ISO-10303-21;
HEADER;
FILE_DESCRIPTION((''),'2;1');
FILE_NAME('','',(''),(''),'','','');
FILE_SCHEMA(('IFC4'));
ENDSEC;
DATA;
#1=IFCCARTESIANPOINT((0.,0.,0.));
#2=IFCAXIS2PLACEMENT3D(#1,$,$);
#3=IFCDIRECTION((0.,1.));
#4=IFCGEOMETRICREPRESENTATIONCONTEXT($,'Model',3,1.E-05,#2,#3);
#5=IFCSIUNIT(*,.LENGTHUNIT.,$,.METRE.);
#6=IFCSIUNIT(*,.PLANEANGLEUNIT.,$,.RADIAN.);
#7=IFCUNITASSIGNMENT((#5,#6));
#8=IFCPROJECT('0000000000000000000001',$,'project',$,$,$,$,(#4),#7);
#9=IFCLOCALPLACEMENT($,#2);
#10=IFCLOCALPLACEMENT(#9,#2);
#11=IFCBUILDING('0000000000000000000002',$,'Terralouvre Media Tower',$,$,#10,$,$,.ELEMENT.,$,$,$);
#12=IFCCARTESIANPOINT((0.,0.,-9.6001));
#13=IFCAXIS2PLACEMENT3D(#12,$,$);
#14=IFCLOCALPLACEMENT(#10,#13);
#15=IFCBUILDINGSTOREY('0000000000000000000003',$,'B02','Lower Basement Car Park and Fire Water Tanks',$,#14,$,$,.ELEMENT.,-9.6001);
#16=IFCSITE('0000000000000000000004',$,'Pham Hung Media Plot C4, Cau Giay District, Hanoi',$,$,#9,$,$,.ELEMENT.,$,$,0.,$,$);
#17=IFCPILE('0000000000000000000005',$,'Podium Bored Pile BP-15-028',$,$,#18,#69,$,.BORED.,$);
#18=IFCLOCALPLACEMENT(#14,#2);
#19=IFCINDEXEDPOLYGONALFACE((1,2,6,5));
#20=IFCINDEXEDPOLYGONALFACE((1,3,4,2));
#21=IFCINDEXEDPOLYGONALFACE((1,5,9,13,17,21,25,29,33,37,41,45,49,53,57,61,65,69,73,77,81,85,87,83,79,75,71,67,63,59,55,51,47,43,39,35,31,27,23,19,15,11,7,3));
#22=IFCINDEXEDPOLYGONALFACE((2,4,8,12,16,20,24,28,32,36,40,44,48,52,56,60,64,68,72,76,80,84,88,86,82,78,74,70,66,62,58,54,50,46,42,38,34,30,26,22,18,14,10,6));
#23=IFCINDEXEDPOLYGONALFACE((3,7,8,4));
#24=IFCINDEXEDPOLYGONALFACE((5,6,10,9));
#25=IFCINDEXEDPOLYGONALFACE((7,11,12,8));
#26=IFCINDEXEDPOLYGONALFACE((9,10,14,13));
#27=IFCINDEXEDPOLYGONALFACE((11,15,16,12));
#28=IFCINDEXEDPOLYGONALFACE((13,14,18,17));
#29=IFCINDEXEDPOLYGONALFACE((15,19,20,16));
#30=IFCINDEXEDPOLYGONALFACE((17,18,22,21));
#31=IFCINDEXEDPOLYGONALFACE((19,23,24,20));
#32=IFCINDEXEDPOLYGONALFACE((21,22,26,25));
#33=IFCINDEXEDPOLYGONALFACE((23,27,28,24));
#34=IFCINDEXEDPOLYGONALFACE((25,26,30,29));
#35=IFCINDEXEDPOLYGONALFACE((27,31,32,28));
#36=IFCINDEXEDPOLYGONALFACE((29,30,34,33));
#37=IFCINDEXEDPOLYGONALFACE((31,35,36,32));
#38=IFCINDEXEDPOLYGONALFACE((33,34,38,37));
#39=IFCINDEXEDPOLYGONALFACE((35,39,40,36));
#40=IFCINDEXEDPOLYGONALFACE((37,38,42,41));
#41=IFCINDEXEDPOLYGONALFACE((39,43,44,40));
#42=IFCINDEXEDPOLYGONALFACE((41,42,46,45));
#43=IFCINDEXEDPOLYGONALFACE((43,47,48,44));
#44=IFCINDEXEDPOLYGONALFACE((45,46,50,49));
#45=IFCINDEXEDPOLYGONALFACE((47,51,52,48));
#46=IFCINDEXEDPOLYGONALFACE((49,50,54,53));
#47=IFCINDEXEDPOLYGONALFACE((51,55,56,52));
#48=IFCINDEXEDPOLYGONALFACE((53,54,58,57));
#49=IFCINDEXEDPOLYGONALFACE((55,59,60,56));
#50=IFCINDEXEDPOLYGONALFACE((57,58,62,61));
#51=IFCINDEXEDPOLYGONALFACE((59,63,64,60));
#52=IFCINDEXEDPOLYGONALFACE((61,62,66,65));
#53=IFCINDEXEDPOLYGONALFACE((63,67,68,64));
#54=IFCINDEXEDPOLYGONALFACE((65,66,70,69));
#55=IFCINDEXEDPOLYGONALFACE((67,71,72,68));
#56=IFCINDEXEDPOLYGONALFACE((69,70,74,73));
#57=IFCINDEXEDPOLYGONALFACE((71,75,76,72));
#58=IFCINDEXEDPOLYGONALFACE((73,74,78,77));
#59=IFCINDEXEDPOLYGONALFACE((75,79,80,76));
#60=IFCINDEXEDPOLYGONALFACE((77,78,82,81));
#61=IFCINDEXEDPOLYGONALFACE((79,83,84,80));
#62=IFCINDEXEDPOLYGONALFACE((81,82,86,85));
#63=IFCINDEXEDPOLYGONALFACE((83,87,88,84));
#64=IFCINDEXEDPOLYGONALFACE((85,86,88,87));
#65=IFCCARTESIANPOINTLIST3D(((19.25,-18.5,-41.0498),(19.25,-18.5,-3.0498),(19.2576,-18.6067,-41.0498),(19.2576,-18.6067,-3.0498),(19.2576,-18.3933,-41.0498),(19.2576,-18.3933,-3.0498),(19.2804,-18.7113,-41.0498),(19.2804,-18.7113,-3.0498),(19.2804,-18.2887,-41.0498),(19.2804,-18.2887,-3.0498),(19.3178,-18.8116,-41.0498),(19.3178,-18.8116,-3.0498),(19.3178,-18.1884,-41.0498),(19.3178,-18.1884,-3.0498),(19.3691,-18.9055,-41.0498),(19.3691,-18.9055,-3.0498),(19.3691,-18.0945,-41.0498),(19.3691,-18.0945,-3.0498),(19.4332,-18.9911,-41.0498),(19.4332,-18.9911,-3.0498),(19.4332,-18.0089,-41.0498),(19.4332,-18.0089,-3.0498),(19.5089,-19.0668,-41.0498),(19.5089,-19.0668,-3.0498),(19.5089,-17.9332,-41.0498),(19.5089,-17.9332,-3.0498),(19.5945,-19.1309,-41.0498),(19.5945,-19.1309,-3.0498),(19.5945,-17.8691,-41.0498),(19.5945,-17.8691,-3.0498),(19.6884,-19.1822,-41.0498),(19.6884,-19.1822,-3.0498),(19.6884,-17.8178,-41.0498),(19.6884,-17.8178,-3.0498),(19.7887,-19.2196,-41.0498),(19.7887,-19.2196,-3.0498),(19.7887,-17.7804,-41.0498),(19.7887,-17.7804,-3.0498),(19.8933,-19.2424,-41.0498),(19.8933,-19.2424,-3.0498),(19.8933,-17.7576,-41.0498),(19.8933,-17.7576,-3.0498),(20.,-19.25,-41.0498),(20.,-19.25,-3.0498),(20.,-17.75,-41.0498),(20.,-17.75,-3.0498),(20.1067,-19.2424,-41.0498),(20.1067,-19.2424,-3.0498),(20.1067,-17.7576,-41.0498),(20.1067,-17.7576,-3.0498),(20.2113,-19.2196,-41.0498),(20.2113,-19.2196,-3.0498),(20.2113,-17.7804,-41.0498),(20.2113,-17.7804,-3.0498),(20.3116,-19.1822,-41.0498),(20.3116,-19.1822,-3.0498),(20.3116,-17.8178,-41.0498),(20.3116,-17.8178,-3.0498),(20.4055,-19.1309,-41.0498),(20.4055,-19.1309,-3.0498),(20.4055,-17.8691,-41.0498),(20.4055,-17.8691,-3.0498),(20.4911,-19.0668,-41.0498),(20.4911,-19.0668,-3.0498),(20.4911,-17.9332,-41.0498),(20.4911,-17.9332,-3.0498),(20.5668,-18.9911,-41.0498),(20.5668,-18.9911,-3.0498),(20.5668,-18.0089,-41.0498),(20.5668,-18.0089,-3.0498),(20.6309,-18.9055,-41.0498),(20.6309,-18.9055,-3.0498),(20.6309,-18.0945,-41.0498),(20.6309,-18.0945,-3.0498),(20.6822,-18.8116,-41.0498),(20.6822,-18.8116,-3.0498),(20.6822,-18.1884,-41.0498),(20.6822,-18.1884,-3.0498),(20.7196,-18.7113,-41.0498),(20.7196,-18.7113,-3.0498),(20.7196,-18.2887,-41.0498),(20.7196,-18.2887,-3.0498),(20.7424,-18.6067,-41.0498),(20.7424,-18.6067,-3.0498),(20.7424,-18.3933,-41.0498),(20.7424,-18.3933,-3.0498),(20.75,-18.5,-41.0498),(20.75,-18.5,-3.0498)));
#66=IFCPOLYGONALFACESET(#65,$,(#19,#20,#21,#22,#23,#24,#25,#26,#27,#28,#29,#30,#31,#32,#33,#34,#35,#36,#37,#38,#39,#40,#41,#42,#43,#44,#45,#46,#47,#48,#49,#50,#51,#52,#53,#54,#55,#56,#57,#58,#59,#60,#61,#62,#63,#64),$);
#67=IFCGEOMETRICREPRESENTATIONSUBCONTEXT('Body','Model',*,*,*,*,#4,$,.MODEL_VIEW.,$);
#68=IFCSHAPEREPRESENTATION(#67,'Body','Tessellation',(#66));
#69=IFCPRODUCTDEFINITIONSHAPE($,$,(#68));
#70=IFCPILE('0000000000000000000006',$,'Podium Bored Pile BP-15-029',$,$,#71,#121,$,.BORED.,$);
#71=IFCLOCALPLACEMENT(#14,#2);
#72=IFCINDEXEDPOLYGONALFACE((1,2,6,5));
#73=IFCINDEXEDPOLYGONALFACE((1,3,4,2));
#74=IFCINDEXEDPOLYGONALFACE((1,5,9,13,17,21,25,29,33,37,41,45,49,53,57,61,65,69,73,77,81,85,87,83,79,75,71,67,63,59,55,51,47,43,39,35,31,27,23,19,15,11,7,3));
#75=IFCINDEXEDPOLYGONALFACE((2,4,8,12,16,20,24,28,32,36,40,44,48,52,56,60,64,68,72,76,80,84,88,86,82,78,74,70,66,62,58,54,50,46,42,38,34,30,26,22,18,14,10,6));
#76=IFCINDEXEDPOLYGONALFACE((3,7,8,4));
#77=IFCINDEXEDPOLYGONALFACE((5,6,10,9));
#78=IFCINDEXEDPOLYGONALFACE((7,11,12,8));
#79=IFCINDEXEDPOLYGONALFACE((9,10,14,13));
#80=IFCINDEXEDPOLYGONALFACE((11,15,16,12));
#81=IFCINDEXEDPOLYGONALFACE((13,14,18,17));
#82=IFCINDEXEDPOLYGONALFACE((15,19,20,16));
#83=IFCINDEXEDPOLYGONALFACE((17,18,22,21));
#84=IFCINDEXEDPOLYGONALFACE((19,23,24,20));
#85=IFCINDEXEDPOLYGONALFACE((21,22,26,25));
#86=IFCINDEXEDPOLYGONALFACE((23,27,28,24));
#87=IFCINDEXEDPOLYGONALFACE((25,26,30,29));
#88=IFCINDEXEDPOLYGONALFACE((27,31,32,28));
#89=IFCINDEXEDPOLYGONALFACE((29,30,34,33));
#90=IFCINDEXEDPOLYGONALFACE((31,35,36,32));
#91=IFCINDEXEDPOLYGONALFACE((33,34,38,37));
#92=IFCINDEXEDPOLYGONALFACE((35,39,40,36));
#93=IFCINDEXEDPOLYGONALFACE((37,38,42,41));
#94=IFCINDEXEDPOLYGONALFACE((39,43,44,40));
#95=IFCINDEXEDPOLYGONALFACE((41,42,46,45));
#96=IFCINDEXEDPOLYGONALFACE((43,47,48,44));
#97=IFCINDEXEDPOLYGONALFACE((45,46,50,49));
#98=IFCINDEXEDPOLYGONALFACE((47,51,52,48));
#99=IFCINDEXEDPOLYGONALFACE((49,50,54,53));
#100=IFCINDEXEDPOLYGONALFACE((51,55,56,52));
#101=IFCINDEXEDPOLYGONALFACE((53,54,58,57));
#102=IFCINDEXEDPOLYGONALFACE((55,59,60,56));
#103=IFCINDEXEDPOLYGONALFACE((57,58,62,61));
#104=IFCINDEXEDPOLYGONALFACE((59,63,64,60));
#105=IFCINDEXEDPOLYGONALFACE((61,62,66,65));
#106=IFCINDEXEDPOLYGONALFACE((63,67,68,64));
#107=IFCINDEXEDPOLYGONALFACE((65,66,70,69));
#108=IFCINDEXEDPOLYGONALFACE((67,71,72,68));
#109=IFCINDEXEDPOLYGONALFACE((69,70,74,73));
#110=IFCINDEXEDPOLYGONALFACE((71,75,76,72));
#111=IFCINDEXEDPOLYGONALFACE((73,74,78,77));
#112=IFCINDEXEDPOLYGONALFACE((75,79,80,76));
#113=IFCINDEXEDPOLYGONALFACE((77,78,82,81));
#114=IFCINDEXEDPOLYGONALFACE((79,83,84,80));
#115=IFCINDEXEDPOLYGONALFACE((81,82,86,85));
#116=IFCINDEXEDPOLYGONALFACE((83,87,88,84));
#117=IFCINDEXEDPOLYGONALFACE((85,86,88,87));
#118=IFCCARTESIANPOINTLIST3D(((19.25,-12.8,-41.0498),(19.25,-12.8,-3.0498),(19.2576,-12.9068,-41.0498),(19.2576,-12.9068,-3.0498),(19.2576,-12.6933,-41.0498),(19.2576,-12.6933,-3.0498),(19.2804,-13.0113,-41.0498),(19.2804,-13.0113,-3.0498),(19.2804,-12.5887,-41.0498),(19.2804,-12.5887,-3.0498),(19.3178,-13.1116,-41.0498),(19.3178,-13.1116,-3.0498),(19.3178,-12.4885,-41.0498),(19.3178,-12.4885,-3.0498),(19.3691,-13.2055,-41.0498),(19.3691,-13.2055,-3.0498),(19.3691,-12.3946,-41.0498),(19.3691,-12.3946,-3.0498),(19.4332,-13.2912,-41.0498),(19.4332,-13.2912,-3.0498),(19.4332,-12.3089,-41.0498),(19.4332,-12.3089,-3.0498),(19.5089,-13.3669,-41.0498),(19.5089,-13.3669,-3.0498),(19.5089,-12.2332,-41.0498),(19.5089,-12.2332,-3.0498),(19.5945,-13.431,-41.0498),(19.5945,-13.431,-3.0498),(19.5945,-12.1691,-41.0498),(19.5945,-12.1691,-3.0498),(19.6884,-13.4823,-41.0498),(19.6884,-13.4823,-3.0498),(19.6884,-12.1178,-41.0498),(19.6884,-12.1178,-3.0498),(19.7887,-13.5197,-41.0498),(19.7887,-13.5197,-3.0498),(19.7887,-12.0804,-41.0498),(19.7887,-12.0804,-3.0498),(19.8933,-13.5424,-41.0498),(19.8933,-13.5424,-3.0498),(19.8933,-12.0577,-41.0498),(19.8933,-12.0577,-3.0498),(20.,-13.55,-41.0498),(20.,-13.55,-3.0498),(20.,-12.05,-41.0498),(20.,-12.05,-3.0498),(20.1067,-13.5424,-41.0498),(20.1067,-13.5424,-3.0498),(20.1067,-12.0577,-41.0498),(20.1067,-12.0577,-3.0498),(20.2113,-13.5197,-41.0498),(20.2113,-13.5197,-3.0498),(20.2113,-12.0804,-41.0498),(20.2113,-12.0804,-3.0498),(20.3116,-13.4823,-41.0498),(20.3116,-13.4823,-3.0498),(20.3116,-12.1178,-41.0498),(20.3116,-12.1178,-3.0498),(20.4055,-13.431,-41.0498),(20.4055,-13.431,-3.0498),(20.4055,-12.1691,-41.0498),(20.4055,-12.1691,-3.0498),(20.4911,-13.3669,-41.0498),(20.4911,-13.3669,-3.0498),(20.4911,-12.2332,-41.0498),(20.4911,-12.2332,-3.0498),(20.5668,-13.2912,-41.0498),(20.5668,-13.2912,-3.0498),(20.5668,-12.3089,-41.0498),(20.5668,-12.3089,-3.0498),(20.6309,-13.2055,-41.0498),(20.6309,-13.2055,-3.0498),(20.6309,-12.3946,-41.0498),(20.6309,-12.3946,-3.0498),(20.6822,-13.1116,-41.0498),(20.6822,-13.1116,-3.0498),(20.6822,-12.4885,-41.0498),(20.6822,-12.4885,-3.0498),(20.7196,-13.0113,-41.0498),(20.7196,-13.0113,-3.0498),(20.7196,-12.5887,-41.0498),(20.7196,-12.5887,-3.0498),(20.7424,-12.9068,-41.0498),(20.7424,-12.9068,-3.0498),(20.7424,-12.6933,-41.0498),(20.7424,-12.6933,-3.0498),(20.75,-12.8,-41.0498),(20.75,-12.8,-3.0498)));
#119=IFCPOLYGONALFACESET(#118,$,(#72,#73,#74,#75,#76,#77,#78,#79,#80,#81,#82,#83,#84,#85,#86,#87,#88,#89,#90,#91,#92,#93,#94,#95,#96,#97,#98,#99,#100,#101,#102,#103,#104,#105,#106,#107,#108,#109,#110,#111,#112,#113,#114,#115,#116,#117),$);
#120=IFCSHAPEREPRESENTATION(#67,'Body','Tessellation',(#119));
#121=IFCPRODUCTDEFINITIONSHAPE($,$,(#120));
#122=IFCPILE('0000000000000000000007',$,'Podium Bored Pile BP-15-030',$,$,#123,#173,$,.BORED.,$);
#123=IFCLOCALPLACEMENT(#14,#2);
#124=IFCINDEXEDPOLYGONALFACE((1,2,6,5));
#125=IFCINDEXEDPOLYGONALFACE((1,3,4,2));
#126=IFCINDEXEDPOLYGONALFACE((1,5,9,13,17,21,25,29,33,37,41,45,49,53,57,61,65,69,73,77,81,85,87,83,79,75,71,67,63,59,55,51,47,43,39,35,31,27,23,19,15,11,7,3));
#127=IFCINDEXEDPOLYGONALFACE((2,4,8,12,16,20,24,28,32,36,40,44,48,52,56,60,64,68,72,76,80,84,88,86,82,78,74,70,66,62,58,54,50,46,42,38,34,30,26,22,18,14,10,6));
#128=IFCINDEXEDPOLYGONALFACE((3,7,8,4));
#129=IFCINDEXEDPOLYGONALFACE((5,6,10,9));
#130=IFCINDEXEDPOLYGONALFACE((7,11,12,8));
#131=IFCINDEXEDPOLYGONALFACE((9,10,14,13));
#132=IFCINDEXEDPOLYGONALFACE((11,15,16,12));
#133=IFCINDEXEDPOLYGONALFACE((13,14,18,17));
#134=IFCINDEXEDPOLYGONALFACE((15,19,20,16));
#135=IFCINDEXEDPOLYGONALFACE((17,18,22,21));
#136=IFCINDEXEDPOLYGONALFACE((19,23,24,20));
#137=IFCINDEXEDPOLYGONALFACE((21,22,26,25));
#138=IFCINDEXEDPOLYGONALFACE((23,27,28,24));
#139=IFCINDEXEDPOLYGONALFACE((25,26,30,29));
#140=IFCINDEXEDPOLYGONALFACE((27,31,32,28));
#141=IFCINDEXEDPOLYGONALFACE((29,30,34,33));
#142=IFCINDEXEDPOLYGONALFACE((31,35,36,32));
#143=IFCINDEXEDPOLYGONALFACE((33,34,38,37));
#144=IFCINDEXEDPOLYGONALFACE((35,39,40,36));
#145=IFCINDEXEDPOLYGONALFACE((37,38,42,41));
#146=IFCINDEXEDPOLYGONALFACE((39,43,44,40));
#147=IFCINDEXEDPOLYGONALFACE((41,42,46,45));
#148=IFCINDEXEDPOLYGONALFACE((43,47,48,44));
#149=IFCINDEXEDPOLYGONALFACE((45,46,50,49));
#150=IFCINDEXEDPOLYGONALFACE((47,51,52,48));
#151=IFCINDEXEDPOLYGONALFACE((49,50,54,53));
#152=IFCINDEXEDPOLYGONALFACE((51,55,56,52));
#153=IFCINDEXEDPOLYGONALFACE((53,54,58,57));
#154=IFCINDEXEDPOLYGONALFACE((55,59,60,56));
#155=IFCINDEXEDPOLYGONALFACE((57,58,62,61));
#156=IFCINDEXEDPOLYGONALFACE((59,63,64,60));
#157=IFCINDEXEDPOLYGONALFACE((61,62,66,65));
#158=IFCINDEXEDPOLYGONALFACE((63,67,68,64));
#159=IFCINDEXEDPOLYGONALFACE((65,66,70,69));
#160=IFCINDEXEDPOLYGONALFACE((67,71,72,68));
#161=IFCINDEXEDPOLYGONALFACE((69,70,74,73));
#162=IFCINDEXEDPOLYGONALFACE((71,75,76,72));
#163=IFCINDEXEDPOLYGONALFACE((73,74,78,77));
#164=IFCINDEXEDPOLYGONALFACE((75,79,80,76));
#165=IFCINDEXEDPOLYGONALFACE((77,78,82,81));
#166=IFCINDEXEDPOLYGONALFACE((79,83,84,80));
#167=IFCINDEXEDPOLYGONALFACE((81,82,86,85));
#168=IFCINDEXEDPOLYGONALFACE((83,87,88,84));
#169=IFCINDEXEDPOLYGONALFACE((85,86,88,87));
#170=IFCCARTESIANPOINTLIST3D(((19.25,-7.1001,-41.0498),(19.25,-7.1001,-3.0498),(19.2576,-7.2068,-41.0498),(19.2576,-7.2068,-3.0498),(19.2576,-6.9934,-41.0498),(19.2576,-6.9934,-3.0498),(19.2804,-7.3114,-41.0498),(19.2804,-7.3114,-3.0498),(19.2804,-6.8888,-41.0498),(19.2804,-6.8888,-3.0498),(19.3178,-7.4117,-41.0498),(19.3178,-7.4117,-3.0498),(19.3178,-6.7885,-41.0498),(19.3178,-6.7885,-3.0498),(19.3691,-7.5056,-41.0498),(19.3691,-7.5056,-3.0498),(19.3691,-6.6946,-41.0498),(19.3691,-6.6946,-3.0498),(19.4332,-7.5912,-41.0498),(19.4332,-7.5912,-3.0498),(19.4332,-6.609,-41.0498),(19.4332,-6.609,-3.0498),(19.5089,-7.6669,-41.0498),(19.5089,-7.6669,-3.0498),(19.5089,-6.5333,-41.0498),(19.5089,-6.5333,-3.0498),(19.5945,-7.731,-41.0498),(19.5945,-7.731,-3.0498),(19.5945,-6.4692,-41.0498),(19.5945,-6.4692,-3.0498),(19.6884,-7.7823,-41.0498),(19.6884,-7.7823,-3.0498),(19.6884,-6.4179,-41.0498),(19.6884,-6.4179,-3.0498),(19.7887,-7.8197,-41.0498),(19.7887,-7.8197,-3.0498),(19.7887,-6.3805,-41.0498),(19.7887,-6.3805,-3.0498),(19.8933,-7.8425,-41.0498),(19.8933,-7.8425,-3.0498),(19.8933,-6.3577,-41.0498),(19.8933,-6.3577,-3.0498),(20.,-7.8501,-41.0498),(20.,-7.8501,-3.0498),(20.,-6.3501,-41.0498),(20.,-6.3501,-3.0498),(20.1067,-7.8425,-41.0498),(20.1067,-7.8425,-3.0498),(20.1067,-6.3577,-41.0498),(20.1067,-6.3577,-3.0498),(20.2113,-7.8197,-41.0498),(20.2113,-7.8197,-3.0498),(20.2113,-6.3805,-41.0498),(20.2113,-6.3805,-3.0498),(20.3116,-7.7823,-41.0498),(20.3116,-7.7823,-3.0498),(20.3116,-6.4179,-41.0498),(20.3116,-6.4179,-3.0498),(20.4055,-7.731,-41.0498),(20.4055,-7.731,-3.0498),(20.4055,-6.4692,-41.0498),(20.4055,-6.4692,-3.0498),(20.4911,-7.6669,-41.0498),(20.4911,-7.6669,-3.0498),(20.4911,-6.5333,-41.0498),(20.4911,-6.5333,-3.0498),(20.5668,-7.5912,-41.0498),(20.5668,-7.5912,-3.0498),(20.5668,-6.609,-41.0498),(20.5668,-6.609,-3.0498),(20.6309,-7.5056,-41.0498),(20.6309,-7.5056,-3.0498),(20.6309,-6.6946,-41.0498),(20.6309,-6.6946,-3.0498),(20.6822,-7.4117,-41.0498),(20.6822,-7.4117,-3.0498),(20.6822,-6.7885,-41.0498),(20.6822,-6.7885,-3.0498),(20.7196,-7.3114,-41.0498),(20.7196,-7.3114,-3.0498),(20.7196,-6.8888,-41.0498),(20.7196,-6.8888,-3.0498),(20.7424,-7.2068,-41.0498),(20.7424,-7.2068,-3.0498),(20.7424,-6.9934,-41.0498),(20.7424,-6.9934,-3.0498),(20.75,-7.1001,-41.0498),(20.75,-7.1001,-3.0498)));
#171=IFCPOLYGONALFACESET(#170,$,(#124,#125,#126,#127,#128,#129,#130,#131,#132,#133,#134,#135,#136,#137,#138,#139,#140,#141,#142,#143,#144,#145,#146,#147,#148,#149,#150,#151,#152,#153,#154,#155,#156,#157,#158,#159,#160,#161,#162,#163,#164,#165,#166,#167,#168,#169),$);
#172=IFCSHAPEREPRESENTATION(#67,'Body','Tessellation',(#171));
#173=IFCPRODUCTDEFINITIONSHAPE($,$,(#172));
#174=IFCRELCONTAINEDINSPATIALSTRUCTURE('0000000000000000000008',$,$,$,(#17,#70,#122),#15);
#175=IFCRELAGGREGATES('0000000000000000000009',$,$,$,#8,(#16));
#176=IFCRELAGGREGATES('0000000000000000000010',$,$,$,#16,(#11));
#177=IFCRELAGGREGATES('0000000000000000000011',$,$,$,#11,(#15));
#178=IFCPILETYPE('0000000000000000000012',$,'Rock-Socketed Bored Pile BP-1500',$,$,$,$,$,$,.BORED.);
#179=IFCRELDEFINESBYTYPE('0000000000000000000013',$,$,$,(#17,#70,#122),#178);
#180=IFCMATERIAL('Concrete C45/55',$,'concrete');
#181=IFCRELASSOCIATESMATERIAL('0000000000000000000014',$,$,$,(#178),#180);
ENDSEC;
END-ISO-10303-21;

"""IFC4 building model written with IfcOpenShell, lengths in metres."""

from ifc_helpers import new_model, si_unit, direction, frame, origin, origin_2d, place, context, subcontext, project, spatial, circle, extrude, material, material_profile, profile_set, type_object, element, save


model = new_model("IFC4")

# Units and contexts
model_context = context("Model", 3, precision=1e-05, world=origin(), true_north=direction((0.0, 1.0)))
body_context = subcontext(model_context, "Body", "Model", "MODEL_VIEW")
ifc_project = project(units=[si_unit("LENGTHUNIT", "METRE"), si_unit("PLANEANGLEUNIT", "RADIAN")], contexts=[model_context])

# Site, building, storey
site_placement = place(None, origin())
site = spatial("IfcSite", under=ifc_project, at=site_placement, Name="Pham Hung Media Plot C4, Cau Giay District, Hanoi", CompositionType="ELEMENT", RefElevation=0.0)
building_placement = place(site_placement, origin())
building = spatial("IfcBuilding", under=site, at=building_placement, Name="Terralouvre Media Tower", CompositionType="ELEMENT")
storey_placement = place(building_placement, frame((0.0, 0.0, -9.6001)))
storey = spatial("IfcBuildingStorey", under=building, at=storey_placement, Name="B02", Description="Lower Basement Car Park and Fire Water Tanks", CompositionType="ELEMENT", Elevation=-9.6001)

# Piles
ifc_material_1 = material(Name="Concrete C45/55", Category="concrete")
ifc_material_profile_1 = material_profile(ifc_material_1, circle(Radius=0.75, at=origin_2d()), Name="BORED PILE 1500")
ifc_profile_set_1 = profile_set([ifc_material_profile_1], Name="Concrete C45/55")
pile_type_1 = type_object("IfcPileType", Name="Rock-Socketed Bored Pile BP-1500", PredefinedType="BORED", material=ifc_profile_set_1)
for number, where, z_axis, x_axis, name in (
    (1, (20.0, -18.5, -3.0498), (0.0, 0.0, -1.0), (1.0, 0.0, 0.0), "Podium Bored Pile BP-15-028"),
    (2, (20.0, -12.8, -3.0498), (0.0, 0.0, -1.0), (1.0, 0.0, 0.0), "Podium Bored Pile BP-15-029"),
    (3, (20.0, -7.1001, -3.0498), (0.0, 0.0, -1.0), (1.0, 0.0, 0.0), "Podium Bored Pile BP-15-030"),
):
    element("IfcPile", number, at=place(storey_placement, frame(where, z_axis=z_axis, x_axis=x_axis)), inside=storey, type_object=pile_type_1, Name=name, PredefinedType="BORED", context=body_context, shape_type="SweptSolid", body=[
        extrude(circle(Radius=0.75, at=origin_2d()), origin(), (0.0, 0.0, 1.0), 38.0),
    ])

save(model, "model.ifc")
